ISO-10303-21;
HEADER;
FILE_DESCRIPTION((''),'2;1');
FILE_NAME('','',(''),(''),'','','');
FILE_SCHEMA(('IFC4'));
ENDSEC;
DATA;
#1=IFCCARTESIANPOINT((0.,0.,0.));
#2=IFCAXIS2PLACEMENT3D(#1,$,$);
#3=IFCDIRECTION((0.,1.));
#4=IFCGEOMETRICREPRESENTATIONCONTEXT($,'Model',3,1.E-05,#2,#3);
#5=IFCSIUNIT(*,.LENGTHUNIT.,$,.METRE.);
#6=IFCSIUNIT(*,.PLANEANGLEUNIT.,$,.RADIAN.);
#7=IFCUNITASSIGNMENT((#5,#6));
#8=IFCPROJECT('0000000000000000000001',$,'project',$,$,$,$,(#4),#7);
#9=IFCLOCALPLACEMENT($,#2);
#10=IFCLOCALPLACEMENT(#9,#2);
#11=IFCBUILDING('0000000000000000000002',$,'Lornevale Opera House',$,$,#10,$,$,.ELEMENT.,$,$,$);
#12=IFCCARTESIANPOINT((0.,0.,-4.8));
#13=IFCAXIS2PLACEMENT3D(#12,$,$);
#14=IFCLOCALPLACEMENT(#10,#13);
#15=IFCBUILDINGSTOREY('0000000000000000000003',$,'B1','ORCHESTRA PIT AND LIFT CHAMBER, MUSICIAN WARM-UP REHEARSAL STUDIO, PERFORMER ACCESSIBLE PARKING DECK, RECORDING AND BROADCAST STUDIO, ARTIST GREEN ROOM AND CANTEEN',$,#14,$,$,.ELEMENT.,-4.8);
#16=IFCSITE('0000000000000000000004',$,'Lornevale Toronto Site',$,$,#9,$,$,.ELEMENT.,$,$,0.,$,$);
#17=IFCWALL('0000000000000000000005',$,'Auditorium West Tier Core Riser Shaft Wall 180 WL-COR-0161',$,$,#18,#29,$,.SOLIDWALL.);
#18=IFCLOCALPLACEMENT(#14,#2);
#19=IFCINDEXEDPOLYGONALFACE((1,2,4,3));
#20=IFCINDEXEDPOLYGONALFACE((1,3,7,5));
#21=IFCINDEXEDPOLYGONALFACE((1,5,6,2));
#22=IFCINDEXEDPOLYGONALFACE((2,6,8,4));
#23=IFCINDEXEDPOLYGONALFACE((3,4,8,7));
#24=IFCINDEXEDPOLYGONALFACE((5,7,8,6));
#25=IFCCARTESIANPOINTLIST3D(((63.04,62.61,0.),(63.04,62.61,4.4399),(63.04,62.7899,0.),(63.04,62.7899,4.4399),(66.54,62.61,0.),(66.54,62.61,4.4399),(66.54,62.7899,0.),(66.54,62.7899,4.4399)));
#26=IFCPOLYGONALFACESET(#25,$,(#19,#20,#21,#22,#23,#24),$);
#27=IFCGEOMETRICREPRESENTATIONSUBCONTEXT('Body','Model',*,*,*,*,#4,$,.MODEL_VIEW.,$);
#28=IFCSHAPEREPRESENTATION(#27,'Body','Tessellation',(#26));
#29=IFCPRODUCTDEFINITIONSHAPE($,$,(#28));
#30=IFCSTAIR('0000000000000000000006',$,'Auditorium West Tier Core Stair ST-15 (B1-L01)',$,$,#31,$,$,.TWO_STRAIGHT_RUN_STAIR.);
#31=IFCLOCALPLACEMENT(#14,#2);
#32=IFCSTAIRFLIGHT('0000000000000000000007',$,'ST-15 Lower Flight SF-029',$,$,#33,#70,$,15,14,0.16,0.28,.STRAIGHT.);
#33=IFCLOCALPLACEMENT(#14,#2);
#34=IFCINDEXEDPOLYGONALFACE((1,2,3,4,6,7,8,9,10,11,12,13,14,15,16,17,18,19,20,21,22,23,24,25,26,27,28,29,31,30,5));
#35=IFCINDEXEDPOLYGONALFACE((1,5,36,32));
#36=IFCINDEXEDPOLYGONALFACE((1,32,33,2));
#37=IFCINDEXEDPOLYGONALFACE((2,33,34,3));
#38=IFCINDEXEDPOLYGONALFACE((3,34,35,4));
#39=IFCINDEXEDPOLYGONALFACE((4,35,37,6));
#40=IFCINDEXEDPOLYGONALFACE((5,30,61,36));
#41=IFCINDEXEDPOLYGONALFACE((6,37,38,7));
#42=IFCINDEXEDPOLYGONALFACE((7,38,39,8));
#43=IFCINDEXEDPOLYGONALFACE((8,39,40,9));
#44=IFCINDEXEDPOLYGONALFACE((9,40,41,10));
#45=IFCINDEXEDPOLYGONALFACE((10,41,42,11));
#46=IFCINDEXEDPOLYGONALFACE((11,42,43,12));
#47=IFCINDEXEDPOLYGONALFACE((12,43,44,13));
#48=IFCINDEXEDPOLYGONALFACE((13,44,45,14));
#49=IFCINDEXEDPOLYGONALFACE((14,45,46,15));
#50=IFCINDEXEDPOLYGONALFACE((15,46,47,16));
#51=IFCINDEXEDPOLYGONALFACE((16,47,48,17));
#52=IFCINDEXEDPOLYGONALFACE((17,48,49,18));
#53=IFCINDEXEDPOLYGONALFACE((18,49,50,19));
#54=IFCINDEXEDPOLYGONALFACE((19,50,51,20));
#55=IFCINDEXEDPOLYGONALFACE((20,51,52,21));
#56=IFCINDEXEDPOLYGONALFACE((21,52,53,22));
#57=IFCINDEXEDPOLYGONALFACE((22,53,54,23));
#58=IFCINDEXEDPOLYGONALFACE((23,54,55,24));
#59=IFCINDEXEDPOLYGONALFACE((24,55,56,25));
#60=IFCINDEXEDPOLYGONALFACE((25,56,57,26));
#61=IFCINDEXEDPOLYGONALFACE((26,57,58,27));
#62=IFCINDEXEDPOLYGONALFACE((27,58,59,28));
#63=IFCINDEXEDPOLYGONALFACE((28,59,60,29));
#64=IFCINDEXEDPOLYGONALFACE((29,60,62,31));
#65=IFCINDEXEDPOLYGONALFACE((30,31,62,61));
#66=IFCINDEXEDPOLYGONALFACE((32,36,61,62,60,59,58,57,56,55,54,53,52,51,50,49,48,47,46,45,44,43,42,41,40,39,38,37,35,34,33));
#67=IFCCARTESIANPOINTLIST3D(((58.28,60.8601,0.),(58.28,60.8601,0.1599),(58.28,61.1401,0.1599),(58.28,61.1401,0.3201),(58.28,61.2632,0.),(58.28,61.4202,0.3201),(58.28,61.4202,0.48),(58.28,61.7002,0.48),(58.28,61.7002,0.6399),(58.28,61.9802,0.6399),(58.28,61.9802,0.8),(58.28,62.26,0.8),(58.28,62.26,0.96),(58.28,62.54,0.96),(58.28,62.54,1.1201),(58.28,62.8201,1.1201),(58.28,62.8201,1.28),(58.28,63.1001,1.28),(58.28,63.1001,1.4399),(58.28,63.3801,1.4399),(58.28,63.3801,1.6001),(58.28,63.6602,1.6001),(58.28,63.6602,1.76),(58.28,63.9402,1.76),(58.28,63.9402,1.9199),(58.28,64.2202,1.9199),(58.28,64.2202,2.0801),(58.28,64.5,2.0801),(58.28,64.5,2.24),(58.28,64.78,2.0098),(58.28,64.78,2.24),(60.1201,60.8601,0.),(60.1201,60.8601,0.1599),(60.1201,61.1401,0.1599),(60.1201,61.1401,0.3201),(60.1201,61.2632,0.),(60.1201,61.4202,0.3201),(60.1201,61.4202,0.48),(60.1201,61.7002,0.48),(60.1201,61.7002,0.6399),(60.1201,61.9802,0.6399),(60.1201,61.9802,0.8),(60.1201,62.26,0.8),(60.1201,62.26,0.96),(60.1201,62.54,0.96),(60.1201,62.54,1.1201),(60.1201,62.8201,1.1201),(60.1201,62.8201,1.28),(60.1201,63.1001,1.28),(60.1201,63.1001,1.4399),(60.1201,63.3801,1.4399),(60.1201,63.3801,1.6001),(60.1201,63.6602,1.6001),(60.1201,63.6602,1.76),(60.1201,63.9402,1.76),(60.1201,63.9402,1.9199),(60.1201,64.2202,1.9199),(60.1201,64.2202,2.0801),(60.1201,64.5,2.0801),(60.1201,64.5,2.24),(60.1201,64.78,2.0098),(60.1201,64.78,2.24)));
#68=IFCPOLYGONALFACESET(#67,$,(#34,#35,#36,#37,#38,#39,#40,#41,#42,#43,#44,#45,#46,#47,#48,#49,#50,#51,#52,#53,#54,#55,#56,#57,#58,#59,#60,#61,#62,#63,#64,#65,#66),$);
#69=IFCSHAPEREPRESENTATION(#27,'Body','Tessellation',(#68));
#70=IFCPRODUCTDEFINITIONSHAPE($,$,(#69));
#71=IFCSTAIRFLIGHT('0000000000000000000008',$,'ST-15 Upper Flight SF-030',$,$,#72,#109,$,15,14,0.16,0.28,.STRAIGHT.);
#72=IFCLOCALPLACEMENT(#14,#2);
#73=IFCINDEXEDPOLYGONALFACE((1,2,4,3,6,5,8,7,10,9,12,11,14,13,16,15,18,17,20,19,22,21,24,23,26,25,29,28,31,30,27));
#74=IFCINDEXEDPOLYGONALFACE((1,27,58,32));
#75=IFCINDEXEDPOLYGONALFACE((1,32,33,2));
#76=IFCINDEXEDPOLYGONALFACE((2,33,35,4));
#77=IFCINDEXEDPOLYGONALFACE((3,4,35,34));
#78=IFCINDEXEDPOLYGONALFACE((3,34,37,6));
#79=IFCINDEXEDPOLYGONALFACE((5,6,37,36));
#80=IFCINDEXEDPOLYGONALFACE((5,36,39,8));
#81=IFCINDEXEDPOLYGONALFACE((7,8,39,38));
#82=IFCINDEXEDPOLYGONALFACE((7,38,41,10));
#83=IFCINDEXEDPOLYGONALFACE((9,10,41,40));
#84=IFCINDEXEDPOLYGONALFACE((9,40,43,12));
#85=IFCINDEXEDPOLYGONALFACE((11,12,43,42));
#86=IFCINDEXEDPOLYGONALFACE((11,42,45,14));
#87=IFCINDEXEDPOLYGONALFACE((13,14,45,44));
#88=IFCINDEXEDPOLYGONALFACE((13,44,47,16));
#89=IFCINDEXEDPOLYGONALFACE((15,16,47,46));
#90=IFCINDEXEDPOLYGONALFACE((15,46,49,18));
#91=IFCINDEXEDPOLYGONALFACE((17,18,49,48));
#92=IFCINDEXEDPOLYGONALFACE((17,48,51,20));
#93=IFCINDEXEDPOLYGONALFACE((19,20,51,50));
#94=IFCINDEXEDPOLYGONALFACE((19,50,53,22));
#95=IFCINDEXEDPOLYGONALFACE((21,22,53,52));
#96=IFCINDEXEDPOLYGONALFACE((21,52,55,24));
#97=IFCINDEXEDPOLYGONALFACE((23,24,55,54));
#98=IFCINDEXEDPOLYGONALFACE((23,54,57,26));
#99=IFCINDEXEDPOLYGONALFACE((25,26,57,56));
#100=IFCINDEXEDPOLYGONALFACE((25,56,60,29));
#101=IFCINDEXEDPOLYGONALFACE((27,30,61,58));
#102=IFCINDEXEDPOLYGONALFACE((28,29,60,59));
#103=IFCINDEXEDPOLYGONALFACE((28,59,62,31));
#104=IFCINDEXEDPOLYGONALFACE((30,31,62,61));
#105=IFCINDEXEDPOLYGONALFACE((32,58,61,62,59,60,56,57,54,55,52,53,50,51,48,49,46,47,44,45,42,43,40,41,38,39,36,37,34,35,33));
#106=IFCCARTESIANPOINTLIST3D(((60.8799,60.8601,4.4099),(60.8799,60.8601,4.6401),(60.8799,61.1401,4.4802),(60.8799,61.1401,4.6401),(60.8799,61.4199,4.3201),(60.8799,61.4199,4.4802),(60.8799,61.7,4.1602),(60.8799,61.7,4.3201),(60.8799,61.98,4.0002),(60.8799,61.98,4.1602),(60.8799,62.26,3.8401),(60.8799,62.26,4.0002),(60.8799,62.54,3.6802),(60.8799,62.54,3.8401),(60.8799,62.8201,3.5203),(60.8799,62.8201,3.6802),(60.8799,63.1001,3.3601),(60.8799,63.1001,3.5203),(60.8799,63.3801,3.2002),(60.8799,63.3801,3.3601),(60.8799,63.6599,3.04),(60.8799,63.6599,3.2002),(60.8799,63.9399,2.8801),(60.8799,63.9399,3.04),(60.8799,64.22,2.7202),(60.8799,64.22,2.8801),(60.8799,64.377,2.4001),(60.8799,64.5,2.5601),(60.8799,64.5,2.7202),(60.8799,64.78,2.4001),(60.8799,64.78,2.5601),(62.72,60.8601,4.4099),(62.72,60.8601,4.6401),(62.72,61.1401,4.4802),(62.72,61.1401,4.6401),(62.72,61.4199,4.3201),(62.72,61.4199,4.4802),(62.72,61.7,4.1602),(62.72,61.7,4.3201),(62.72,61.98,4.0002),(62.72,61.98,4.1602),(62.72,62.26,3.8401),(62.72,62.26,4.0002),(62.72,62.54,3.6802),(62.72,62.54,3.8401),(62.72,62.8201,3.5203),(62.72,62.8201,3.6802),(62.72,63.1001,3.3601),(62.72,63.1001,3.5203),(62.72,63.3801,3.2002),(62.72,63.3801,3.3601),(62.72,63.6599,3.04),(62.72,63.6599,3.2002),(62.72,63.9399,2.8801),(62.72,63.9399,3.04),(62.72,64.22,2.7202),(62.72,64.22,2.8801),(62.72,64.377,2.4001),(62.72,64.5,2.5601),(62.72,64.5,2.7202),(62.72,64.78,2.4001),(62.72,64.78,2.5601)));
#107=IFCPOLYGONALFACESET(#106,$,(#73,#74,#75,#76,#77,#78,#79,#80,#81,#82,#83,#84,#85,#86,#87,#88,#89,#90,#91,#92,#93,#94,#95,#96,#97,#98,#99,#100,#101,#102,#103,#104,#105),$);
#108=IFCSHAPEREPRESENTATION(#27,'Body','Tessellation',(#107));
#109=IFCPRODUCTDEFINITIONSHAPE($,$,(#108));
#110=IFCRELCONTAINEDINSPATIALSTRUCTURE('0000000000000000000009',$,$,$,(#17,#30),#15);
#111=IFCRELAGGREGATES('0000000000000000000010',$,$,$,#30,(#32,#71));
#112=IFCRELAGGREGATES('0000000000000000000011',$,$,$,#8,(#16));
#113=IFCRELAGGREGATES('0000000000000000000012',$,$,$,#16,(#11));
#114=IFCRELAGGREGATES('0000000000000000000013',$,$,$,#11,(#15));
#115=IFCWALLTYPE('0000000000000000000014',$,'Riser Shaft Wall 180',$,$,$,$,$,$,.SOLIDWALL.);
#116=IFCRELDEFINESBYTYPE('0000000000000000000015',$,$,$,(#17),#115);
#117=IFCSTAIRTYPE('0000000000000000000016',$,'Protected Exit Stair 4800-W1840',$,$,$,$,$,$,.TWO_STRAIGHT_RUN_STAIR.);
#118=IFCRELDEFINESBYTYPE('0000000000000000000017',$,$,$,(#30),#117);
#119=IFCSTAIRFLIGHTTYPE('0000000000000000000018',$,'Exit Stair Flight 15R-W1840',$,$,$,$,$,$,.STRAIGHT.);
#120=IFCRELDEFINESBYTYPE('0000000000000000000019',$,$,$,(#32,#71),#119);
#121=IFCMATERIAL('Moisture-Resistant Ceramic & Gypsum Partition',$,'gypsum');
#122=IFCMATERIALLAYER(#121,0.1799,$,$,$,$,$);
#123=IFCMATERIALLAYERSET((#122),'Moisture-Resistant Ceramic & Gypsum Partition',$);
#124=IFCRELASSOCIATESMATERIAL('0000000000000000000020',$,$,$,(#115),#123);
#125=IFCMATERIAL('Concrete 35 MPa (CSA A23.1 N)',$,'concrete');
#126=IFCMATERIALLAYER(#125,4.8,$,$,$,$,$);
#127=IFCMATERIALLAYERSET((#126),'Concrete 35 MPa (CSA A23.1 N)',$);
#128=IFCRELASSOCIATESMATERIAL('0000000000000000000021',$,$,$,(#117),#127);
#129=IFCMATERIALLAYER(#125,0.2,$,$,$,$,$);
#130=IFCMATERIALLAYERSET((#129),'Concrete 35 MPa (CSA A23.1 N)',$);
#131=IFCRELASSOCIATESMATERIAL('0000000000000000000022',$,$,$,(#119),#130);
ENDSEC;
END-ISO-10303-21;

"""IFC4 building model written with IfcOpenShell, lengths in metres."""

from ifc_helpers import new_model, si_unit, direction, frame, frame_2d, origin, place, context, subcontext, project, spatial, polyline, rectangle, outline, extrude, material, layer, layer_set, type_object, element, aggregate, save


model = new_model("IFC4")

# Units and contexts
model_context = context("Model", 3, precision=1e-05, world=origin(), true_north=direction((0.0, 1.0)))
body_context = subcontext(model_context, "Body", "Model", "MODEL_VIEW")
ifc_project = project(units=[si_unit("LENGTHUNIT", "METRE"), si_unit("PLANEANGLEUNIT", "RADIAN")], contexts=[model_context])

# Site, building, storey
site_placement = place(None, origin())
site = spatial("IfcSite", under=ifc_project, at=site_placement, Name="Lornevale Toronto Site", CompositionType="ELEMENT", RefElevation=0.0)
building_placement = place(site_placement, origin())
building = spatial("IfcBuilding", under=site, at=building_placement, Name="Lornevale Opera House", CompositionType="ELEMENT")
storey_placement = place(building_placement, frame((0.0, 0.0, -4.8)))
storey = spatial("IfcBuildingStorey", under=building, at=storey_placement, Name="B1", Description="ORCHESTRA PIT AND LIFT CHAMBER, MUSICIAN WARM-UP REHEARSAL STUDIO, PERFORMER ACCESSIBLE PARKING DECK, RECORDING AND BROADCAST STUDIO, ARTIST GREEN ROOM AND CANTEEN", CompositionType="ELEMENT", Elevation=-4.8)

# Shared definitions
ifc_material_1 = material(Name="Concrete 35 MPa (CSA A23.1 N)", Category="concrete")

# Wall
ifc_material_2 = material(Name="Moisture-Resistant Ceramic & Gypsum Partition", Category="gypsum")
ifc_layer_1 = layer(ifc_material_2, 0.1799)
ifc_layer_set_1 = layer_set([ifc_layer_1], Name="Moisture-Resistant Ceramic & Gypsum Partition")
wall_type_1 = type_object("IfcWallType", Name="Riser Shaft Wall 180", PredefinedType="SOLIDWALL", material=ifc_layer_set_1)
wall_1_placement = place(storey_placement, frame((63.04, 62.7, 0.0), z_axis=(0.0, 0.0, 1.0), x_axis=(1.0, 0.0, 0.0)))
element("IfcWall", 1, at=wall_1_placement, inside=storey, type_object=wall_type_1, Name="Auditorium West Tier Core Riser Shaft Wall 180 WL-COR-0161", PredefinedType="SOLIDWALL", context=body_context, shape_type="SweptSolid", body=[
    extrude(rectangle(XDim=3.5, YDim=0.1799, at=frame_2d((1.75, 0.0))), origin(), (0.0, 0.0, 1.0), 4.4399),
])

# Stair, stair flights
ifc_layer_2 = layer(ifc_material_1, 4.8)
ifc_layer_set_2 = layer_set([ifc_layer_2], Name="Concrete 35 MPa (CSA A23.1 N)")
stair_type = type_object("IfcStairType", Name="Protected Exit Stair 4800-W1840", PredefinedType="TWO_STRAIGHT_RUN_STAIR", material=ifc_layer_set_2)
stair_placement = place(storey_placement, origin())
stair = element("IfcStair", 2, at=stair_placement, inside=storey, type_object=stair_type, Name="Auditorium West Tier Core Stair ST-15 (B1-L01)", PredefinedType="TWO_STRAIGHT_RUN_STAIR")
ifc_layer_3 = layer(ifc_material_1, 0.2)
ifc_layer_set_3 = layer_set([ifc_layer_3], Name="Concrete 35 MPa (CSA A23.1 N)")
stair_flight_type = type_object("IfcStairFlightType", Name="Exit Stair Flight 15R-W1840", PredefinedType="STRAIGHT", material=ifc_layer_set_3)
stair_flight_1_placement = place(storey_placement, frame((59.2, 60.8601, 0.0), z_axis=(0.0, 0.0, 1.0), x_axis=(0.0, 1.0, 0.0)))
stair_flight_1 = element("IfcStairFlight", 3, at=stair_flight_1_placement, type_object=stair_flight_type, Name="ST-15 Lower Flight SF-029", NumberOfRisers=15, NumberOfTreads=14, PredefinedType="STRAIGHT", RiserHeight=0.16, TreadLength=0.28, context=body_context, shape_type="SweptSolid", body=[
    extrude(outline(polyline([(0.0, 0.0), (0.0, 0.1599), (0.28, 0.1599), (0.28, 0.3201), (0.5601, 0.3201), (0.5601, 0.48), (0.8401, 0.48), (0.8401, 0.6399), (1.1201, 0.6399), (1.1201, 0.8), (1.3999, 0.8), (1.3999, 0.96), (1.6799, 0.96), (1.6799, 1.1201), (1.96, 1.1201), (1.96, 1.28), (2.24, 1.28), (2.24, 1.4399), (2.52, 1.4399), (2.52, 1.6001), (2.8, 1.6001), (2.8, 1.76), (3.0801, 1.76), (3.0801, 1.9199), (3.3601, 1.9199), (3.3601, 2.0801), (3.6399, 2.0801), (3.6399, 2.24), (3.9199, 2.24), (3.9199, 2.0098), (0.4031, 0.0), (0.0, 0.0)])), frame((0.0, 0.9199, 0.0), z_axis=(0.0, -1.0, 0.0), x_axis=(1.0, 0.0, 0.0)), (0.0, 0.0, 1.0), 1.8401),
])
stair_flight_2_placement = place(storey_placement, frame((61.8, 64.78, 2.4001), z_axis=(0.0, 0.0, 1.0), x_axis=(0.0, -1.0, 0.0)))
stair_flight_2 = element("IfcStairFlight", 4, at=stair_flight_2_placement, type_object=stair_flight_type, Name="ST-15 Upper Flight SF-030", NumberOfRisers=15, NumberOfTreads=14, PredefinedType="STRAIGHT", RiserHeight=0.16, TreadLength=0.28, context=body_context, shape_type="SweptSolid", body=[
    extrude(outline(polyline([(0.0, 0.0), (0.0, 0.1599), (0.28, 0.1599), (0.28, 0.3201), (0.5601, 0.3201), (0.5601, 0.48), (0.8401, 0.48), (0.8401, 0.6399), (1.1201, 0.6399), (1.1201, 0.8), (1.3999, 0.8), (1.3999, 0.96), (1.6799, 0.96), (1.6799, 1.1201), (1.96, 1.1201), (1.96, 1.28), (2.24, 1.28), (2.24, 1.4399), (2.52, 1.4399), (2.52, 1.6001), (2.8, 1.6001), (2.8, 1.76), (3.0801, 1.76), (3.0801, 1.9199), (3.3601, 1.9199), (3.3601, 2.0801), (3.6399, 2.0801), (3.6399, 2.24), (3.9199, 2.24), (3.9199, 2.0098), (0.4031, 0.0), (0.0, 0.0)])), frame((0.0, 0.9199, 0.0), z_axis=(0.0, -1.0, 0.0), x_axis=(1.0, 0.0, 0.0)), (0.0, 0.0, 1.0), 1.8401),
])
aggregate(stair, [stair_flight_1, stair_flight_2])

save(model, "model.ifc")
